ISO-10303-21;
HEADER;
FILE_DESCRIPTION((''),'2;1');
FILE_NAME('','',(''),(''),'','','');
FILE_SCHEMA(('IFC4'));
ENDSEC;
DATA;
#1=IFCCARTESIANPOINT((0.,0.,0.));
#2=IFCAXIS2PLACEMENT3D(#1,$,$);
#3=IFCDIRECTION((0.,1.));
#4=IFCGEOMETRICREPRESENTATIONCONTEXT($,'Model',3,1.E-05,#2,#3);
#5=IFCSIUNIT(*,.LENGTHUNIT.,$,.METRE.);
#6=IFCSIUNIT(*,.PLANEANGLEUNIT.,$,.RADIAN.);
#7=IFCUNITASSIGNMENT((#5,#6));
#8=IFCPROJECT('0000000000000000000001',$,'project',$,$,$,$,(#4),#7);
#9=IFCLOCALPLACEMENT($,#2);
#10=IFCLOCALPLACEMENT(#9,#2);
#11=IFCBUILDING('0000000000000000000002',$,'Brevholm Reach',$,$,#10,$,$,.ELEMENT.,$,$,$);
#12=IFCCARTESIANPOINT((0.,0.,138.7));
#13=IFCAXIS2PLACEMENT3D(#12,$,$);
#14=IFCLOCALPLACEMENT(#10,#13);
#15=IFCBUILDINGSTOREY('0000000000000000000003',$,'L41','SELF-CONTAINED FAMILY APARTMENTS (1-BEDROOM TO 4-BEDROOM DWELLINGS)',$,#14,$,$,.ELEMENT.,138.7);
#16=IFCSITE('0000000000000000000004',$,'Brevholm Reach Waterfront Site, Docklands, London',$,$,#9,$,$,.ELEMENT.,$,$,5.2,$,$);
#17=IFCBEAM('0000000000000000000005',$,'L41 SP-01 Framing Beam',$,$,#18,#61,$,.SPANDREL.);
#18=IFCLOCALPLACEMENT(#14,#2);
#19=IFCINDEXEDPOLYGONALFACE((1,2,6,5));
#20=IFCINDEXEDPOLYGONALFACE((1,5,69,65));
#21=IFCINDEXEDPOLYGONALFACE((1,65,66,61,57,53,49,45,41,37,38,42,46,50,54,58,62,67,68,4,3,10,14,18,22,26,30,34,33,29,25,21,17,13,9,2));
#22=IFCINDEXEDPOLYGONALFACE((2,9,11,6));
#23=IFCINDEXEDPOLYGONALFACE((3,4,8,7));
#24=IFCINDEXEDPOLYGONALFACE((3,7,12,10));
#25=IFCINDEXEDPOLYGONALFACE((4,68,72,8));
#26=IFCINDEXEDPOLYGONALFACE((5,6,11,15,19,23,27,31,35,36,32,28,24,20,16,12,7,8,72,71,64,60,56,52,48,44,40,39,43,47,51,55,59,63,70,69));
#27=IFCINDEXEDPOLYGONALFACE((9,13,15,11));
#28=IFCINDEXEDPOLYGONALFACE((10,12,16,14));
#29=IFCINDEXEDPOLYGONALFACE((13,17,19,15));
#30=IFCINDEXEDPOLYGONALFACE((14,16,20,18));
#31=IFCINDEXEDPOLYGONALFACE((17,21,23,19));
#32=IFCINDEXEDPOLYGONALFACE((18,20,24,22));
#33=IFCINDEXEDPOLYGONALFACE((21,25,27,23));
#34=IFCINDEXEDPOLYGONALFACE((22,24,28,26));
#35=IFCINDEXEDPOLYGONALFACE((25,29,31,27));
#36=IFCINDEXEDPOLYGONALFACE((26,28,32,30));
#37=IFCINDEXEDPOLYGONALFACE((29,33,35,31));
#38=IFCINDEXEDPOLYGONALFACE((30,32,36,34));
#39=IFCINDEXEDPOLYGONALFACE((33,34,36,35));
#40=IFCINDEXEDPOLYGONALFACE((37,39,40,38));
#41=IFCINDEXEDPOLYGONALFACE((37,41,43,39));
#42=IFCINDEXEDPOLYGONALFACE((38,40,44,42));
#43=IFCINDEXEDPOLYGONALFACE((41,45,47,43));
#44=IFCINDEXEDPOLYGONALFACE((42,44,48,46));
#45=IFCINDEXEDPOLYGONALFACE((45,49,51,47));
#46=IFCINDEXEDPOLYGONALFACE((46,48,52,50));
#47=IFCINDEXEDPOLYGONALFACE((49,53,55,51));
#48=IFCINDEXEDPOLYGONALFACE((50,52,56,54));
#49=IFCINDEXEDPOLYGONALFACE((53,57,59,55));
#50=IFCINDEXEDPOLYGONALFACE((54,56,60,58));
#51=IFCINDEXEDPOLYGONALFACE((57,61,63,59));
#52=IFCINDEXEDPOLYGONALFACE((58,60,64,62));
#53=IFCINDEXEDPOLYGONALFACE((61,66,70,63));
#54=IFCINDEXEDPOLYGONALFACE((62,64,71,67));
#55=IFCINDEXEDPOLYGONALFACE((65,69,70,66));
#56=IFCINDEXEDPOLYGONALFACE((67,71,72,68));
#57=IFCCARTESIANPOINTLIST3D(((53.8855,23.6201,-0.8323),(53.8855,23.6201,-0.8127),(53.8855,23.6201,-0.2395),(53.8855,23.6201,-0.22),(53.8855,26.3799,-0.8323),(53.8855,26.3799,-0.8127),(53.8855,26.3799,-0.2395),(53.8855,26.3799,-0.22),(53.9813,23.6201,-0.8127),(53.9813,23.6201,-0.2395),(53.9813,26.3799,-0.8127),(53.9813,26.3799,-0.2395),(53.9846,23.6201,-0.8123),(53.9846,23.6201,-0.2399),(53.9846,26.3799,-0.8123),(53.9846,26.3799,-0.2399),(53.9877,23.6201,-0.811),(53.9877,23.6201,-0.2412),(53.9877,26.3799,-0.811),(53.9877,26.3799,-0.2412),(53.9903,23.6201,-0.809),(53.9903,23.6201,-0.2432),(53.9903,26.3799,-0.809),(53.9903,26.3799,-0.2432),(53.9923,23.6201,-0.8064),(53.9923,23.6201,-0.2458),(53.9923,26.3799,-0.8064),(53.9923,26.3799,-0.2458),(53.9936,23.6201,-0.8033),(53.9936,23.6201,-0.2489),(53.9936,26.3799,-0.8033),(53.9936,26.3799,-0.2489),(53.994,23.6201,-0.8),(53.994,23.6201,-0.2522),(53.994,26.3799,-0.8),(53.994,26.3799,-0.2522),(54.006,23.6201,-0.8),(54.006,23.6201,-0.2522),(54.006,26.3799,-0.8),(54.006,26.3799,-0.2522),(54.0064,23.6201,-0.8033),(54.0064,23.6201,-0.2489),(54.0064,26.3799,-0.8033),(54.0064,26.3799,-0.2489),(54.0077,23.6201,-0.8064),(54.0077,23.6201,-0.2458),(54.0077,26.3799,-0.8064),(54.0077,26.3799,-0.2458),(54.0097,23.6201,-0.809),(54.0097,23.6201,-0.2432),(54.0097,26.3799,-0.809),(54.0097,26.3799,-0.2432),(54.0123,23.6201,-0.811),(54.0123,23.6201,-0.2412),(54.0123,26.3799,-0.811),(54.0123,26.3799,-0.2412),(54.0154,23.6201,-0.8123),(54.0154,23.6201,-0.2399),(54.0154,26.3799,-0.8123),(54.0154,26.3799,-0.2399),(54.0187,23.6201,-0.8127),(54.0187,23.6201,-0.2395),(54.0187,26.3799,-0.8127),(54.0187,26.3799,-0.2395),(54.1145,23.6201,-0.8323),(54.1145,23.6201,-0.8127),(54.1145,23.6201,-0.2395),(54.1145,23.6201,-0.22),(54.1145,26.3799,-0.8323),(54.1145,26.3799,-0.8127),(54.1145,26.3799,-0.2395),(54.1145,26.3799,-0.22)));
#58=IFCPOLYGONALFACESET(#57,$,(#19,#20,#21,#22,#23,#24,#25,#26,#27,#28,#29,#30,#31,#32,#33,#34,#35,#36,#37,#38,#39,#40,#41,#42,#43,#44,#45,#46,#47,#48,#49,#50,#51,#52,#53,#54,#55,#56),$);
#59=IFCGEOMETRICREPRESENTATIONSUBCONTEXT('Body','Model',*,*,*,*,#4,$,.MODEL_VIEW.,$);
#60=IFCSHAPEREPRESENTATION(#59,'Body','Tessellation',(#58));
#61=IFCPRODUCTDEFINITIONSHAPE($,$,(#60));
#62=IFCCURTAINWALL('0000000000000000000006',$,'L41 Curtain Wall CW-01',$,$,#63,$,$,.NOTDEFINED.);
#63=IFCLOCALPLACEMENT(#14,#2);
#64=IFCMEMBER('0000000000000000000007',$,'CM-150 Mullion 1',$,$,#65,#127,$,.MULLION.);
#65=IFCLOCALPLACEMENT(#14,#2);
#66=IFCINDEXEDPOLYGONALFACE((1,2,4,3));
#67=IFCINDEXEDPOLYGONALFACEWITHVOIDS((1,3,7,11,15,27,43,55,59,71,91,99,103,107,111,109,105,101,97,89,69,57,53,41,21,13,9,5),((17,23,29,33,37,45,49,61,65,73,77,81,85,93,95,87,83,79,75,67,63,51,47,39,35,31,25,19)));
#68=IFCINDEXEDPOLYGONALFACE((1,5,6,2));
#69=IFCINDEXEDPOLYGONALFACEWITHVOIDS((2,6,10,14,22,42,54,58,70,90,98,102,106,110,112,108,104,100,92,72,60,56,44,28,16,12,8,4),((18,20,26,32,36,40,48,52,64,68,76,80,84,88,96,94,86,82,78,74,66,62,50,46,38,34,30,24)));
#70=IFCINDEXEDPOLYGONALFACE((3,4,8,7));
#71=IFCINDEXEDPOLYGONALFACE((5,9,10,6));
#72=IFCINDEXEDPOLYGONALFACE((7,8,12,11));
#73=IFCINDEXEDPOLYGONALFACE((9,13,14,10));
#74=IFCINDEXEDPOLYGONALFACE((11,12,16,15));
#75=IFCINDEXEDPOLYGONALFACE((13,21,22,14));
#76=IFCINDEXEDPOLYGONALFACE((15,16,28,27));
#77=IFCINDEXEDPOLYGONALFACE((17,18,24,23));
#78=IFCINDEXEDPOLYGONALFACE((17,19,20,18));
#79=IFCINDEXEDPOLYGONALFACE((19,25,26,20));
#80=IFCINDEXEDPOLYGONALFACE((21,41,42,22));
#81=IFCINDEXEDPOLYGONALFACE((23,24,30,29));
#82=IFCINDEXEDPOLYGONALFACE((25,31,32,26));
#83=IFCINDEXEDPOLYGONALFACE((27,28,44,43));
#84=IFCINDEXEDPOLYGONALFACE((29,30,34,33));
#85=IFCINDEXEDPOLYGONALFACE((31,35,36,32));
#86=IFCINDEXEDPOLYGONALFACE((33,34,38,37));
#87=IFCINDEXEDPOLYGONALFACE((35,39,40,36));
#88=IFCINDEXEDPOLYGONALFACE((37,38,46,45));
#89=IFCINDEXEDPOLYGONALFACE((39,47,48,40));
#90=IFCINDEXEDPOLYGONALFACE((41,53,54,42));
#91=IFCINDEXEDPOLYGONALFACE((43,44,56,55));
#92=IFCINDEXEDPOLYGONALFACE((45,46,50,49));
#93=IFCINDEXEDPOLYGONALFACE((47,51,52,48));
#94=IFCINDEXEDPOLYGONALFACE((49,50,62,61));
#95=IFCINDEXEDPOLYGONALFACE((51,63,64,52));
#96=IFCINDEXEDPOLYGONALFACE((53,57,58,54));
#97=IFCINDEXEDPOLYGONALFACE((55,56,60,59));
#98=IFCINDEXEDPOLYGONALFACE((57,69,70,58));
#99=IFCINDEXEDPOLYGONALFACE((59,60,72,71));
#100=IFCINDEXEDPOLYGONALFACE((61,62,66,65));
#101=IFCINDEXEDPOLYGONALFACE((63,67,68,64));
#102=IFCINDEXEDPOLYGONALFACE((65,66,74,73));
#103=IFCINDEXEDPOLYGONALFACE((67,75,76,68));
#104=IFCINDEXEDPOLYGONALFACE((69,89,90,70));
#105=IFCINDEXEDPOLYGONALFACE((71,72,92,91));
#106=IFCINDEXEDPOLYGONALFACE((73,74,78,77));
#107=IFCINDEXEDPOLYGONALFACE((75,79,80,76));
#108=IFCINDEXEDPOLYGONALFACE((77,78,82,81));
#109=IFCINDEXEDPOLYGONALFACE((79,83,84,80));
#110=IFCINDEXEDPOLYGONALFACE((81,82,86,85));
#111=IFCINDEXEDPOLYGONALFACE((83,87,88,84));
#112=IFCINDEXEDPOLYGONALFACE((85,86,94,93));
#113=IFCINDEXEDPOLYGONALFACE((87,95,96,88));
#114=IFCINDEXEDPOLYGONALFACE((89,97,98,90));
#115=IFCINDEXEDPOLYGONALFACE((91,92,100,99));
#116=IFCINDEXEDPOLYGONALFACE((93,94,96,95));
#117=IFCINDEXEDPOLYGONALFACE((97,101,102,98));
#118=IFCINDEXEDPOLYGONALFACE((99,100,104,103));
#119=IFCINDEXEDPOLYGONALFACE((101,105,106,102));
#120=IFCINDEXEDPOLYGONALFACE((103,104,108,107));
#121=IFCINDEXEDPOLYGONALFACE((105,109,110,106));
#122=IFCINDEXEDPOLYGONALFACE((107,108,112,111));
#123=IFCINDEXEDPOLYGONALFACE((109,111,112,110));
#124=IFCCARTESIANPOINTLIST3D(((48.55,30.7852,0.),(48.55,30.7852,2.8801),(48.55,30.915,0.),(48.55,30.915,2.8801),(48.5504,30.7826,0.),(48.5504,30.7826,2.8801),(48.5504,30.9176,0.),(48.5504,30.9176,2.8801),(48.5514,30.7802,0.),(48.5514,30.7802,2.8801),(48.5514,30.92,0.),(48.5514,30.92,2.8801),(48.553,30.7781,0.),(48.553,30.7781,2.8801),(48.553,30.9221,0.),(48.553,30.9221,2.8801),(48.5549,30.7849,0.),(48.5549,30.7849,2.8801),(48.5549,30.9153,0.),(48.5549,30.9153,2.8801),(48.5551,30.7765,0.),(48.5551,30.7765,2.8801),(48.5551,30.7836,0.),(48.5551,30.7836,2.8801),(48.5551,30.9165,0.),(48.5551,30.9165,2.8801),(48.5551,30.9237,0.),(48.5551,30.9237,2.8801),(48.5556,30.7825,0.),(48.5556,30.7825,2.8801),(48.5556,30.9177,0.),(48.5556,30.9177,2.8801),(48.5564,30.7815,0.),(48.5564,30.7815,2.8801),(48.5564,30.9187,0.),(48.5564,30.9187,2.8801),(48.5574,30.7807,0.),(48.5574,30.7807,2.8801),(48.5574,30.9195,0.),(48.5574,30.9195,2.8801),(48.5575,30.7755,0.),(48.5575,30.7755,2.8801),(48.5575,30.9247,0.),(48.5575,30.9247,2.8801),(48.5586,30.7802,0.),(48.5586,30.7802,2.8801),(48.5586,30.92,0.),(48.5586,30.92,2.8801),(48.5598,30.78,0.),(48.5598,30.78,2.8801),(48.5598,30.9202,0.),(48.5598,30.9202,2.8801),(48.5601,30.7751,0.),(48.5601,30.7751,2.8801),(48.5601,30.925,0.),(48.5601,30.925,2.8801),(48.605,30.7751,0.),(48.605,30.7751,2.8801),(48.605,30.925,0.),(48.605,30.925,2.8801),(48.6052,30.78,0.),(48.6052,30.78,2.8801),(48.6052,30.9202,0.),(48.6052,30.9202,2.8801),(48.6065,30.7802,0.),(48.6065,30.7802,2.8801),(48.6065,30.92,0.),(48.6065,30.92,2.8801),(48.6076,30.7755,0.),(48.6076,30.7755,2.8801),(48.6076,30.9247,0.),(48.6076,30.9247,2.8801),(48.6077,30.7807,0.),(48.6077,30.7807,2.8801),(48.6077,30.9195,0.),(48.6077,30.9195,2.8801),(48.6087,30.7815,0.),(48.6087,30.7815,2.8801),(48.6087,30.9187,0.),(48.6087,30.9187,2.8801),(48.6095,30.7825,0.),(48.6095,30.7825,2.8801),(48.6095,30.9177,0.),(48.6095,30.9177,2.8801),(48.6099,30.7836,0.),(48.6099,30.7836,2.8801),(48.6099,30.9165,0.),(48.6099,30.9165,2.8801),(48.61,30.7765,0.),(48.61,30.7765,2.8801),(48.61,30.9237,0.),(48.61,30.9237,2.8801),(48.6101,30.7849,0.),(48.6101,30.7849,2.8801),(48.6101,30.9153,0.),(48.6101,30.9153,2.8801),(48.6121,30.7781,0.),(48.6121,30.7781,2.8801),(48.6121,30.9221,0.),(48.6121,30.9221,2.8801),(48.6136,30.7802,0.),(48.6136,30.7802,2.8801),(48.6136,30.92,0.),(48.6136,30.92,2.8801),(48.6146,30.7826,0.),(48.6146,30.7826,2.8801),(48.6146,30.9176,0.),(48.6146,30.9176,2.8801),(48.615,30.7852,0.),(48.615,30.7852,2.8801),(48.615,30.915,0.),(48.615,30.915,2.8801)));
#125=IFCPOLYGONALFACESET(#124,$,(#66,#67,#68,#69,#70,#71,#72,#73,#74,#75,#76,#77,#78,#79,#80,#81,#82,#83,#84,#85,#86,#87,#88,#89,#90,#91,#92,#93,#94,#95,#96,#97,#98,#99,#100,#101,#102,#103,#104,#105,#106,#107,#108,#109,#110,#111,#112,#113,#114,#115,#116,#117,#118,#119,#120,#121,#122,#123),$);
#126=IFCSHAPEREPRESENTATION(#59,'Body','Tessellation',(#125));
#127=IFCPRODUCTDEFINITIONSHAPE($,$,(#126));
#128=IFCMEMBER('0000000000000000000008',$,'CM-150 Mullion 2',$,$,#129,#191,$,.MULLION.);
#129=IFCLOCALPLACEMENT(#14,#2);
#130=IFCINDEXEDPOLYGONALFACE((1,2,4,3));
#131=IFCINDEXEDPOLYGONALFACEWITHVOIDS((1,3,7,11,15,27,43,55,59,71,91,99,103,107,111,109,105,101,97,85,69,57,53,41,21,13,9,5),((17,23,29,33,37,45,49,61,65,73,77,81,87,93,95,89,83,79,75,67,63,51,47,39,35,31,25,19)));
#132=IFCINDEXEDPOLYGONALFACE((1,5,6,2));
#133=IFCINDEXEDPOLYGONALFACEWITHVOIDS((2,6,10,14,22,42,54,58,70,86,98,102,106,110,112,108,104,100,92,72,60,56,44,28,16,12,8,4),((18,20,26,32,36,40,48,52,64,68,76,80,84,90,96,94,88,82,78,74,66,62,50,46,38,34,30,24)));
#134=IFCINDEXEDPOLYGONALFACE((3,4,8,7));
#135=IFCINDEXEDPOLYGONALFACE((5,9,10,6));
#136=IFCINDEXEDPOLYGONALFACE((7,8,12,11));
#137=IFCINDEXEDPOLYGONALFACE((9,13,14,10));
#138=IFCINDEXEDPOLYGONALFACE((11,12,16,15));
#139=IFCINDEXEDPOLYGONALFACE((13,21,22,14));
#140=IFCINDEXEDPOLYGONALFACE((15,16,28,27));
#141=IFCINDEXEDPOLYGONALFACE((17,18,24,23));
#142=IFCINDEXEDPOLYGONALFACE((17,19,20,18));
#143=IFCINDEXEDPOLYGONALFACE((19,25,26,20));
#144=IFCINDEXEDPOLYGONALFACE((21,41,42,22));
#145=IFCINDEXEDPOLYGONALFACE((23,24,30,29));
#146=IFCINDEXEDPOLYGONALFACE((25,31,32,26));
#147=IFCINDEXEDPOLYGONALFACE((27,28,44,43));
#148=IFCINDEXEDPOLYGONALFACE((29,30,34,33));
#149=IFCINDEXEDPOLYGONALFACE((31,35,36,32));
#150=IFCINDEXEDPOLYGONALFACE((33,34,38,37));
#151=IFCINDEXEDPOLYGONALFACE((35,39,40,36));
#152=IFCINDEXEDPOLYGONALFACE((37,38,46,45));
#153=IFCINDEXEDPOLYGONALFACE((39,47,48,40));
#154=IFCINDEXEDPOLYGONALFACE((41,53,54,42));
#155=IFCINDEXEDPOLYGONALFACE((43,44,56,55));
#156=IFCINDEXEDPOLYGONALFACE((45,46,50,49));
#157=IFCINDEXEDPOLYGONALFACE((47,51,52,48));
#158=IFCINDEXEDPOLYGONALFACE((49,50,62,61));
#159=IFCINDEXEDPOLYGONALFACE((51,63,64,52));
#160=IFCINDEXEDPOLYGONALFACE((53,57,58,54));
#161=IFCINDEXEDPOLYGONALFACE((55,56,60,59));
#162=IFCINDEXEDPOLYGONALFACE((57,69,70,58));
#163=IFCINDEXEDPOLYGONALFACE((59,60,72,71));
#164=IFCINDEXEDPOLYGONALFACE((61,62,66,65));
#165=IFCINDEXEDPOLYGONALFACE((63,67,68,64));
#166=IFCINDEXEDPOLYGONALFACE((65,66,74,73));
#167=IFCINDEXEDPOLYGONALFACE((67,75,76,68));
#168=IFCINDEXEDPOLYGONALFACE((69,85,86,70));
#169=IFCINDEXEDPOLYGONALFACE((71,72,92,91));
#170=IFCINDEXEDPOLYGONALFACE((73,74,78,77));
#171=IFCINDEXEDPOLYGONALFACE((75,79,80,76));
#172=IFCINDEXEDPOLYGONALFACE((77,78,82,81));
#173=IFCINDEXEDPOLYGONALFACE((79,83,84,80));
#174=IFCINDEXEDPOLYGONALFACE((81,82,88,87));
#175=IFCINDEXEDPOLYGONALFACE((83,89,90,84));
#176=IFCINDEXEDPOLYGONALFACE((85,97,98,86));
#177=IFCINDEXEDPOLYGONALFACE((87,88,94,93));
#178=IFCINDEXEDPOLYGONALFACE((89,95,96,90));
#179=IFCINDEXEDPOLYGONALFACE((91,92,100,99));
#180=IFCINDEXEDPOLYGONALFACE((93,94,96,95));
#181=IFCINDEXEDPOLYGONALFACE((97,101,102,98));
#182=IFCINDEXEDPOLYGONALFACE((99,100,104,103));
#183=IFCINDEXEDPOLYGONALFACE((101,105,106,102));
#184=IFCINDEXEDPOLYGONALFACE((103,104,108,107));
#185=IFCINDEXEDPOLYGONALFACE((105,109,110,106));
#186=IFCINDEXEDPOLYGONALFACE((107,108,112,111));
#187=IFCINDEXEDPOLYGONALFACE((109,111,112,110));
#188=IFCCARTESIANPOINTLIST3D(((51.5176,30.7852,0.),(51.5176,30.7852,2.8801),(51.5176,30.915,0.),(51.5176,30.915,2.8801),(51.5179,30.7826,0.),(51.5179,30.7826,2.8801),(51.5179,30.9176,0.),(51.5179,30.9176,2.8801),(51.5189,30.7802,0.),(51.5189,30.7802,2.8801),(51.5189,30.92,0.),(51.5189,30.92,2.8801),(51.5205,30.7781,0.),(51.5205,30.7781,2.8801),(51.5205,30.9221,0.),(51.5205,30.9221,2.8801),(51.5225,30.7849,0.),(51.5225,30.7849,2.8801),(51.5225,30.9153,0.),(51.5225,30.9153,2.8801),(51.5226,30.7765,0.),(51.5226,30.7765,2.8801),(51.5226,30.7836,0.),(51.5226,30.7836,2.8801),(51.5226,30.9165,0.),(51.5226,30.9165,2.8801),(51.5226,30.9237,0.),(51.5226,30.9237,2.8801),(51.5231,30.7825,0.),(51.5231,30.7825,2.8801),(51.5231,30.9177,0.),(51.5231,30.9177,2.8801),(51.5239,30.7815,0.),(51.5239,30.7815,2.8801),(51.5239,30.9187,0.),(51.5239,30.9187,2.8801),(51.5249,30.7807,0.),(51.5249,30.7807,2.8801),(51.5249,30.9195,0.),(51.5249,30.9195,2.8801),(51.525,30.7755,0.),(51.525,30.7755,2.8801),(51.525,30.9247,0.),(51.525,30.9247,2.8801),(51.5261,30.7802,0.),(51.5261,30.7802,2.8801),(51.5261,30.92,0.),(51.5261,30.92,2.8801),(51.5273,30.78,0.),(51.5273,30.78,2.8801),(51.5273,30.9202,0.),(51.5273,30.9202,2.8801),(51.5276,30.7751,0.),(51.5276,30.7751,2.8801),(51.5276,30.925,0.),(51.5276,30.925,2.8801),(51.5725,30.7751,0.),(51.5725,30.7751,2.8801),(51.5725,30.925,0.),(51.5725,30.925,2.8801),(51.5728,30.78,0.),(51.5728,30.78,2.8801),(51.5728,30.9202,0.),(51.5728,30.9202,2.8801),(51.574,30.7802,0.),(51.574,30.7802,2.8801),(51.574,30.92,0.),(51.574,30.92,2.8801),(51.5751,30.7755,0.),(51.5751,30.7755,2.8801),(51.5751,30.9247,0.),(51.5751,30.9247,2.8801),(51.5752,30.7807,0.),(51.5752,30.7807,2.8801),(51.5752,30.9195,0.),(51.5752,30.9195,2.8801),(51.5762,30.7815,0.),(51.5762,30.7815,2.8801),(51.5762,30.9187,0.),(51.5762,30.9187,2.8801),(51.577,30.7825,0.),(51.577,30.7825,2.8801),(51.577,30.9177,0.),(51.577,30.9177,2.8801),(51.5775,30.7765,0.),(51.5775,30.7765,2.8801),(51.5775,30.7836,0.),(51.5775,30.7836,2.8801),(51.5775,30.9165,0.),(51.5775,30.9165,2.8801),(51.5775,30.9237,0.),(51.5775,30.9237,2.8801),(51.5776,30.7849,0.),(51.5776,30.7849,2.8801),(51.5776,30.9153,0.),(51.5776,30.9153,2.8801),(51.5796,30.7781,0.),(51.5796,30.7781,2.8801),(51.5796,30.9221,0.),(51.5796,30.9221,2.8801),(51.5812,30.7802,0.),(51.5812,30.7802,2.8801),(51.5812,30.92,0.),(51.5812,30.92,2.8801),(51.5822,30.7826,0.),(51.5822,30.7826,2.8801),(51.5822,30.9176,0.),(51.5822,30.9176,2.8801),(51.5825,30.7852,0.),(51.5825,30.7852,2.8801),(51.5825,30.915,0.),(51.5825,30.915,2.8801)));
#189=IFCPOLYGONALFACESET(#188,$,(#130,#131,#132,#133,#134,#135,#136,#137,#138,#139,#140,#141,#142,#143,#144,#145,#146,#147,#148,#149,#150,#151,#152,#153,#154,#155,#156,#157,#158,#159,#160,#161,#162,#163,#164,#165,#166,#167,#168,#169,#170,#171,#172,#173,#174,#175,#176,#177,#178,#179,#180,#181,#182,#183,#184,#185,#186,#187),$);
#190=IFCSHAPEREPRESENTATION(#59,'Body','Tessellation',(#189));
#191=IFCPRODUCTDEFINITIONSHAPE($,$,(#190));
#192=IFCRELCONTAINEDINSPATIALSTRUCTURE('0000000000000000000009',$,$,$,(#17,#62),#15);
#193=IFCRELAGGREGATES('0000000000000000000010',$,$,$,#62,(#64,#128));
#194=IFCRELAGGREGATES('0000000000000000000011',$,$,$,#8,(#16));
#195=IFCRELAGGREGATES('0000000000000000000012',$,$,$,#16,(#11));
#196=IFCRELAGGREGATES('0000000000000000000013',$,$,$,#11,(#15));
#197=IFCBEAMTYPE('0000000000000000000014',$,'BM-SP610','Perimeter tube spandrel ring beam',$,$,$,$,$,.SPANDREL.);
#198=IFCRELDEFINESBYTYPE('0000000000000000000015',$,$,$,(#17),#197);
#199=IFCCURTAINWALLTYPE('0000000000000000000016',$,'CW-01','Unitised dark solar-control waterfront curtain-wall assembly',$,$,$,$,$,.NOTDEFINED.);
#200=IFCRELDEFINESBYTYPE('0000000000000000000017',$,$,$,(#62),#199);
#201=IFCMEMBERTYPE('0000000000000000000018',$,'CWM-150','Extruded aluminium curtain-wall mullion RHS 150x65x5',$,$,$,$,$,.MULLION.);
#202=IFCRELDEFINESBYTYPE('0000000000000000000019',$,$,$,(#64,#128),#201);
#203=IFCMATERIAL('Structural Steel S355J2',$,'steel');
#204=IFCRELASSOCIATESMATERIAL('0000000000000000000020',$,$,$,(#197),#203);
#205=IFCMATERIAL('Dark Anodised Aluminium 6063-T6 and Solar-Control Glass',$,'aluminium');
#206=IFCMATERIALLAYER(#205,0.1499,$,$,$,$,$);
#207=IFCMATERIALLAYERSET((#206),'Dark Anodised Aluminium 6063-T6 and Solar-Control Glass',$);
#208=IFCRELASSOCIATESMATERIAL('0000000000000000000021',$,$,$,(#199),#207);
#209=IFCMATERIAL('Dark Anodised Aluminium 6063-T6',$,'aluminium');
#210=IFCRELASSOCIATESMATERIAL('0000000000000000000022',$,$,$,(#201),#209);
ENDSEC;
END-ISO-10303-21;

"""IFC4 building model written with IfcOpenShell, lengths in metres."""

from ifc_helpers import new_model, si_unit, direction, frame, origin, origin_2d, place, context, subcontext, project, spatial, hollow_rectangle, i_section, extrude, material, layer, layer_set, material_profile, profile_set, type_object, element, aggregate, save


model = new_model("IFC4")

# Units and contexts
model_context = context("Model", 3, precision=1e-05, world=origin(), true_north=direction((0.0, 1.0)))
body_context = subcontext(model_context, "Body", "Model", "MODEL_VIEW")
ifc_project = project(units=[si_unit("LENGTHUNIT", "METRE"), si_unit("PLANEANGLEUNIT", "RADIAN")], contexts=[model_context])

# Site, building, storey
site_placement = place(None, origin())
site = spatial("IfcSite", under=ifc_project, at=site_placement, Name="Brevholm Reach Waterfront Site, Docklands, London", CompositionType="ELEMENT", RefElevation=5.2)
building_placement = place(site_placement, origin())
building = spatial("IfcBuilding", under=site, at=building_placement, Name="Brevholm Reach", CompositionType="ELEMENT")
storey_placement = place(building_placement, frame((0.0, 0.0, 138.7)))
storey = spatial("IfcBuildingStorey", under=building, at=storey_placement, Name="L41", Description="SELF-CONTAINED FAMILY APARTMENTS (1-BEDROOM TO 4-BEDROOM DWELLINGS)", CompositionType="ELEMENT", Elevation=138.7)

# Beam
ifc_material_1 = material(Name="Structural Steel S355J2", Category="steel")
ifc_material_profile_1 = material_profile(ifc_material_1, i_section(OverallWidth=0.229, OverallDepth=0.6123, WebThickness=0.012, FlangeThickness=0.0195, FilletRadius=0.0127, at=origin_2d()), Name="UKB 610x229x125")
ifc_profile_set_1 = profile_set([ifc_material_profile_1], Name="Structural Steel S355J2")
beam_type_1 = type_object("IfcBeamType", Name="BM-SP610", Description="Perimeter tube spandrel ring beam", PredefinedType="SPANDREL", material=ifc_profile_set_1)
beam_1_placement = place(storey_placement, frame((54.0, 23.6201, -0.5261), z_axis=(0.0, 1.0, 0.0), x_axis=(-1.0, 0.0, 0.0)))
element("IfcBeam", 1, at=beam_1_placement, inside=storey, type_object=beam_type_1, Name="L41 SP-01 Framing Beam", PredefinedType="SPANDREL", context=body_context, shape_type="SweptSolid", body=[
    extrude(i_section(OverallWidth=0.229, OverallDepth=0.6123, WebThickness=0.012, FlangeThickness=0.0195, FilletRadius=0.0127, at=origin_2d()), origin(), (0.0, 0.0, 1.0), 2.7598),
])

# Curtain wall, members
ifc_material_2 = material(Name="Dark Anodised Aluminium 6063-T6 and Solar-Control Glass", Category="aluminium")
ifc_layer_1 = layer(ifc_material_2, 0.1499)
ifc_layer_set_1 = layer_set([ifc_layer_1], Name="Dark Anodised Aluminium 6063-T6 and Solar-Control Glass")
curtain_wall_type = type_object("IfcCurtainWallType", Name="CW-01", Description="Unitised dark solar-control waterfront curtain-wall assembly", PredefinedType="NOTDEFINED", material=ifc_layer_set_1)
curtain_wall_placement = place(storey_placement, origin())
curtain_wall = element("IfcCurtainWall", 2, at=curtain_wall_placement, inside=storey, type_object=curtain_wall_type, Name="L41 Curtain Wall CW-01", PredefinedType="NOTDEFINED")
ifc_material_3 = material(Name="Dark Anodised Aluminium 6063-T6", Category="aluminium")
ifc_material_profile_2 = material_profile(ifc_material_3, hollow_rectangle(XDim=0.0649, YDim=0.1499, WallThickness=0.0049, InnerFilletRadius=0.0049, OuterFilletRadius=0.01, at=origin_2d()), Name="RHS 150x65x5")
ifc_profile_set_2 = profile_set([ifc_material_profile_2], Name="Dark Anodised Aluminium 6063-T6")
member_type_1 = type_object("IfcMemberType", Name="CWM-150", Description="Extruded aluminium curtain-wall mullion RHS 150x65x5", PredefinedType="MULLION", material=ifc_profile_set_2)
member_1_placement = place(storey_placement, frame((48.5825, 30.8501, 0.0), z_axis=(0.0, 0.0, 1.0), x_axis=(1.0, 0.0, 0.0)))
member_1 = element("IfcMember", 3, at=member_1_placement, type_object=member_type_1, Name="CM-150 Mullion 1", PredefinedType="MULLION", context=body_context, shape_type="SweptSolid", body=[
    extrude(hollow_rectangle(XDim=0.0649, YDim=0.1499, WallThickness=0.0049, InnerFilletRadius=0.0049, OuterFilletRadius=0.01, at=origin_2d()), origin(), (0.0, 0.0, 1.0), 2.8801),
])
member_2_placement = place(storey_placement, frame((51.55, 30.8501, 0.0), z_axis=(0.0, 0.0, 1.0), x_axis=(1.0, 0.0, 0.0)))
member_2 = element("IfcMember", 4, at=member_2_placement, type_object=member_type_1, Name="CM-150 Mullion 2", PredefinedType="MULLION", context=body_context, shape_type="SweptSolid", body=[
    extrude(hollow_rectangle(XDim=0.0649, YDim=0.1499, WallThickness=0.0049, InnerFilletRadius=0.0049, OuterFilletRadius=0.01, at=origin_2d()), origin(), (0.0, 0.0, 1.0), 2.8801),
])
aggregate(curtain_wall, [member_1, member_2])

save(model, "model.ifc")
